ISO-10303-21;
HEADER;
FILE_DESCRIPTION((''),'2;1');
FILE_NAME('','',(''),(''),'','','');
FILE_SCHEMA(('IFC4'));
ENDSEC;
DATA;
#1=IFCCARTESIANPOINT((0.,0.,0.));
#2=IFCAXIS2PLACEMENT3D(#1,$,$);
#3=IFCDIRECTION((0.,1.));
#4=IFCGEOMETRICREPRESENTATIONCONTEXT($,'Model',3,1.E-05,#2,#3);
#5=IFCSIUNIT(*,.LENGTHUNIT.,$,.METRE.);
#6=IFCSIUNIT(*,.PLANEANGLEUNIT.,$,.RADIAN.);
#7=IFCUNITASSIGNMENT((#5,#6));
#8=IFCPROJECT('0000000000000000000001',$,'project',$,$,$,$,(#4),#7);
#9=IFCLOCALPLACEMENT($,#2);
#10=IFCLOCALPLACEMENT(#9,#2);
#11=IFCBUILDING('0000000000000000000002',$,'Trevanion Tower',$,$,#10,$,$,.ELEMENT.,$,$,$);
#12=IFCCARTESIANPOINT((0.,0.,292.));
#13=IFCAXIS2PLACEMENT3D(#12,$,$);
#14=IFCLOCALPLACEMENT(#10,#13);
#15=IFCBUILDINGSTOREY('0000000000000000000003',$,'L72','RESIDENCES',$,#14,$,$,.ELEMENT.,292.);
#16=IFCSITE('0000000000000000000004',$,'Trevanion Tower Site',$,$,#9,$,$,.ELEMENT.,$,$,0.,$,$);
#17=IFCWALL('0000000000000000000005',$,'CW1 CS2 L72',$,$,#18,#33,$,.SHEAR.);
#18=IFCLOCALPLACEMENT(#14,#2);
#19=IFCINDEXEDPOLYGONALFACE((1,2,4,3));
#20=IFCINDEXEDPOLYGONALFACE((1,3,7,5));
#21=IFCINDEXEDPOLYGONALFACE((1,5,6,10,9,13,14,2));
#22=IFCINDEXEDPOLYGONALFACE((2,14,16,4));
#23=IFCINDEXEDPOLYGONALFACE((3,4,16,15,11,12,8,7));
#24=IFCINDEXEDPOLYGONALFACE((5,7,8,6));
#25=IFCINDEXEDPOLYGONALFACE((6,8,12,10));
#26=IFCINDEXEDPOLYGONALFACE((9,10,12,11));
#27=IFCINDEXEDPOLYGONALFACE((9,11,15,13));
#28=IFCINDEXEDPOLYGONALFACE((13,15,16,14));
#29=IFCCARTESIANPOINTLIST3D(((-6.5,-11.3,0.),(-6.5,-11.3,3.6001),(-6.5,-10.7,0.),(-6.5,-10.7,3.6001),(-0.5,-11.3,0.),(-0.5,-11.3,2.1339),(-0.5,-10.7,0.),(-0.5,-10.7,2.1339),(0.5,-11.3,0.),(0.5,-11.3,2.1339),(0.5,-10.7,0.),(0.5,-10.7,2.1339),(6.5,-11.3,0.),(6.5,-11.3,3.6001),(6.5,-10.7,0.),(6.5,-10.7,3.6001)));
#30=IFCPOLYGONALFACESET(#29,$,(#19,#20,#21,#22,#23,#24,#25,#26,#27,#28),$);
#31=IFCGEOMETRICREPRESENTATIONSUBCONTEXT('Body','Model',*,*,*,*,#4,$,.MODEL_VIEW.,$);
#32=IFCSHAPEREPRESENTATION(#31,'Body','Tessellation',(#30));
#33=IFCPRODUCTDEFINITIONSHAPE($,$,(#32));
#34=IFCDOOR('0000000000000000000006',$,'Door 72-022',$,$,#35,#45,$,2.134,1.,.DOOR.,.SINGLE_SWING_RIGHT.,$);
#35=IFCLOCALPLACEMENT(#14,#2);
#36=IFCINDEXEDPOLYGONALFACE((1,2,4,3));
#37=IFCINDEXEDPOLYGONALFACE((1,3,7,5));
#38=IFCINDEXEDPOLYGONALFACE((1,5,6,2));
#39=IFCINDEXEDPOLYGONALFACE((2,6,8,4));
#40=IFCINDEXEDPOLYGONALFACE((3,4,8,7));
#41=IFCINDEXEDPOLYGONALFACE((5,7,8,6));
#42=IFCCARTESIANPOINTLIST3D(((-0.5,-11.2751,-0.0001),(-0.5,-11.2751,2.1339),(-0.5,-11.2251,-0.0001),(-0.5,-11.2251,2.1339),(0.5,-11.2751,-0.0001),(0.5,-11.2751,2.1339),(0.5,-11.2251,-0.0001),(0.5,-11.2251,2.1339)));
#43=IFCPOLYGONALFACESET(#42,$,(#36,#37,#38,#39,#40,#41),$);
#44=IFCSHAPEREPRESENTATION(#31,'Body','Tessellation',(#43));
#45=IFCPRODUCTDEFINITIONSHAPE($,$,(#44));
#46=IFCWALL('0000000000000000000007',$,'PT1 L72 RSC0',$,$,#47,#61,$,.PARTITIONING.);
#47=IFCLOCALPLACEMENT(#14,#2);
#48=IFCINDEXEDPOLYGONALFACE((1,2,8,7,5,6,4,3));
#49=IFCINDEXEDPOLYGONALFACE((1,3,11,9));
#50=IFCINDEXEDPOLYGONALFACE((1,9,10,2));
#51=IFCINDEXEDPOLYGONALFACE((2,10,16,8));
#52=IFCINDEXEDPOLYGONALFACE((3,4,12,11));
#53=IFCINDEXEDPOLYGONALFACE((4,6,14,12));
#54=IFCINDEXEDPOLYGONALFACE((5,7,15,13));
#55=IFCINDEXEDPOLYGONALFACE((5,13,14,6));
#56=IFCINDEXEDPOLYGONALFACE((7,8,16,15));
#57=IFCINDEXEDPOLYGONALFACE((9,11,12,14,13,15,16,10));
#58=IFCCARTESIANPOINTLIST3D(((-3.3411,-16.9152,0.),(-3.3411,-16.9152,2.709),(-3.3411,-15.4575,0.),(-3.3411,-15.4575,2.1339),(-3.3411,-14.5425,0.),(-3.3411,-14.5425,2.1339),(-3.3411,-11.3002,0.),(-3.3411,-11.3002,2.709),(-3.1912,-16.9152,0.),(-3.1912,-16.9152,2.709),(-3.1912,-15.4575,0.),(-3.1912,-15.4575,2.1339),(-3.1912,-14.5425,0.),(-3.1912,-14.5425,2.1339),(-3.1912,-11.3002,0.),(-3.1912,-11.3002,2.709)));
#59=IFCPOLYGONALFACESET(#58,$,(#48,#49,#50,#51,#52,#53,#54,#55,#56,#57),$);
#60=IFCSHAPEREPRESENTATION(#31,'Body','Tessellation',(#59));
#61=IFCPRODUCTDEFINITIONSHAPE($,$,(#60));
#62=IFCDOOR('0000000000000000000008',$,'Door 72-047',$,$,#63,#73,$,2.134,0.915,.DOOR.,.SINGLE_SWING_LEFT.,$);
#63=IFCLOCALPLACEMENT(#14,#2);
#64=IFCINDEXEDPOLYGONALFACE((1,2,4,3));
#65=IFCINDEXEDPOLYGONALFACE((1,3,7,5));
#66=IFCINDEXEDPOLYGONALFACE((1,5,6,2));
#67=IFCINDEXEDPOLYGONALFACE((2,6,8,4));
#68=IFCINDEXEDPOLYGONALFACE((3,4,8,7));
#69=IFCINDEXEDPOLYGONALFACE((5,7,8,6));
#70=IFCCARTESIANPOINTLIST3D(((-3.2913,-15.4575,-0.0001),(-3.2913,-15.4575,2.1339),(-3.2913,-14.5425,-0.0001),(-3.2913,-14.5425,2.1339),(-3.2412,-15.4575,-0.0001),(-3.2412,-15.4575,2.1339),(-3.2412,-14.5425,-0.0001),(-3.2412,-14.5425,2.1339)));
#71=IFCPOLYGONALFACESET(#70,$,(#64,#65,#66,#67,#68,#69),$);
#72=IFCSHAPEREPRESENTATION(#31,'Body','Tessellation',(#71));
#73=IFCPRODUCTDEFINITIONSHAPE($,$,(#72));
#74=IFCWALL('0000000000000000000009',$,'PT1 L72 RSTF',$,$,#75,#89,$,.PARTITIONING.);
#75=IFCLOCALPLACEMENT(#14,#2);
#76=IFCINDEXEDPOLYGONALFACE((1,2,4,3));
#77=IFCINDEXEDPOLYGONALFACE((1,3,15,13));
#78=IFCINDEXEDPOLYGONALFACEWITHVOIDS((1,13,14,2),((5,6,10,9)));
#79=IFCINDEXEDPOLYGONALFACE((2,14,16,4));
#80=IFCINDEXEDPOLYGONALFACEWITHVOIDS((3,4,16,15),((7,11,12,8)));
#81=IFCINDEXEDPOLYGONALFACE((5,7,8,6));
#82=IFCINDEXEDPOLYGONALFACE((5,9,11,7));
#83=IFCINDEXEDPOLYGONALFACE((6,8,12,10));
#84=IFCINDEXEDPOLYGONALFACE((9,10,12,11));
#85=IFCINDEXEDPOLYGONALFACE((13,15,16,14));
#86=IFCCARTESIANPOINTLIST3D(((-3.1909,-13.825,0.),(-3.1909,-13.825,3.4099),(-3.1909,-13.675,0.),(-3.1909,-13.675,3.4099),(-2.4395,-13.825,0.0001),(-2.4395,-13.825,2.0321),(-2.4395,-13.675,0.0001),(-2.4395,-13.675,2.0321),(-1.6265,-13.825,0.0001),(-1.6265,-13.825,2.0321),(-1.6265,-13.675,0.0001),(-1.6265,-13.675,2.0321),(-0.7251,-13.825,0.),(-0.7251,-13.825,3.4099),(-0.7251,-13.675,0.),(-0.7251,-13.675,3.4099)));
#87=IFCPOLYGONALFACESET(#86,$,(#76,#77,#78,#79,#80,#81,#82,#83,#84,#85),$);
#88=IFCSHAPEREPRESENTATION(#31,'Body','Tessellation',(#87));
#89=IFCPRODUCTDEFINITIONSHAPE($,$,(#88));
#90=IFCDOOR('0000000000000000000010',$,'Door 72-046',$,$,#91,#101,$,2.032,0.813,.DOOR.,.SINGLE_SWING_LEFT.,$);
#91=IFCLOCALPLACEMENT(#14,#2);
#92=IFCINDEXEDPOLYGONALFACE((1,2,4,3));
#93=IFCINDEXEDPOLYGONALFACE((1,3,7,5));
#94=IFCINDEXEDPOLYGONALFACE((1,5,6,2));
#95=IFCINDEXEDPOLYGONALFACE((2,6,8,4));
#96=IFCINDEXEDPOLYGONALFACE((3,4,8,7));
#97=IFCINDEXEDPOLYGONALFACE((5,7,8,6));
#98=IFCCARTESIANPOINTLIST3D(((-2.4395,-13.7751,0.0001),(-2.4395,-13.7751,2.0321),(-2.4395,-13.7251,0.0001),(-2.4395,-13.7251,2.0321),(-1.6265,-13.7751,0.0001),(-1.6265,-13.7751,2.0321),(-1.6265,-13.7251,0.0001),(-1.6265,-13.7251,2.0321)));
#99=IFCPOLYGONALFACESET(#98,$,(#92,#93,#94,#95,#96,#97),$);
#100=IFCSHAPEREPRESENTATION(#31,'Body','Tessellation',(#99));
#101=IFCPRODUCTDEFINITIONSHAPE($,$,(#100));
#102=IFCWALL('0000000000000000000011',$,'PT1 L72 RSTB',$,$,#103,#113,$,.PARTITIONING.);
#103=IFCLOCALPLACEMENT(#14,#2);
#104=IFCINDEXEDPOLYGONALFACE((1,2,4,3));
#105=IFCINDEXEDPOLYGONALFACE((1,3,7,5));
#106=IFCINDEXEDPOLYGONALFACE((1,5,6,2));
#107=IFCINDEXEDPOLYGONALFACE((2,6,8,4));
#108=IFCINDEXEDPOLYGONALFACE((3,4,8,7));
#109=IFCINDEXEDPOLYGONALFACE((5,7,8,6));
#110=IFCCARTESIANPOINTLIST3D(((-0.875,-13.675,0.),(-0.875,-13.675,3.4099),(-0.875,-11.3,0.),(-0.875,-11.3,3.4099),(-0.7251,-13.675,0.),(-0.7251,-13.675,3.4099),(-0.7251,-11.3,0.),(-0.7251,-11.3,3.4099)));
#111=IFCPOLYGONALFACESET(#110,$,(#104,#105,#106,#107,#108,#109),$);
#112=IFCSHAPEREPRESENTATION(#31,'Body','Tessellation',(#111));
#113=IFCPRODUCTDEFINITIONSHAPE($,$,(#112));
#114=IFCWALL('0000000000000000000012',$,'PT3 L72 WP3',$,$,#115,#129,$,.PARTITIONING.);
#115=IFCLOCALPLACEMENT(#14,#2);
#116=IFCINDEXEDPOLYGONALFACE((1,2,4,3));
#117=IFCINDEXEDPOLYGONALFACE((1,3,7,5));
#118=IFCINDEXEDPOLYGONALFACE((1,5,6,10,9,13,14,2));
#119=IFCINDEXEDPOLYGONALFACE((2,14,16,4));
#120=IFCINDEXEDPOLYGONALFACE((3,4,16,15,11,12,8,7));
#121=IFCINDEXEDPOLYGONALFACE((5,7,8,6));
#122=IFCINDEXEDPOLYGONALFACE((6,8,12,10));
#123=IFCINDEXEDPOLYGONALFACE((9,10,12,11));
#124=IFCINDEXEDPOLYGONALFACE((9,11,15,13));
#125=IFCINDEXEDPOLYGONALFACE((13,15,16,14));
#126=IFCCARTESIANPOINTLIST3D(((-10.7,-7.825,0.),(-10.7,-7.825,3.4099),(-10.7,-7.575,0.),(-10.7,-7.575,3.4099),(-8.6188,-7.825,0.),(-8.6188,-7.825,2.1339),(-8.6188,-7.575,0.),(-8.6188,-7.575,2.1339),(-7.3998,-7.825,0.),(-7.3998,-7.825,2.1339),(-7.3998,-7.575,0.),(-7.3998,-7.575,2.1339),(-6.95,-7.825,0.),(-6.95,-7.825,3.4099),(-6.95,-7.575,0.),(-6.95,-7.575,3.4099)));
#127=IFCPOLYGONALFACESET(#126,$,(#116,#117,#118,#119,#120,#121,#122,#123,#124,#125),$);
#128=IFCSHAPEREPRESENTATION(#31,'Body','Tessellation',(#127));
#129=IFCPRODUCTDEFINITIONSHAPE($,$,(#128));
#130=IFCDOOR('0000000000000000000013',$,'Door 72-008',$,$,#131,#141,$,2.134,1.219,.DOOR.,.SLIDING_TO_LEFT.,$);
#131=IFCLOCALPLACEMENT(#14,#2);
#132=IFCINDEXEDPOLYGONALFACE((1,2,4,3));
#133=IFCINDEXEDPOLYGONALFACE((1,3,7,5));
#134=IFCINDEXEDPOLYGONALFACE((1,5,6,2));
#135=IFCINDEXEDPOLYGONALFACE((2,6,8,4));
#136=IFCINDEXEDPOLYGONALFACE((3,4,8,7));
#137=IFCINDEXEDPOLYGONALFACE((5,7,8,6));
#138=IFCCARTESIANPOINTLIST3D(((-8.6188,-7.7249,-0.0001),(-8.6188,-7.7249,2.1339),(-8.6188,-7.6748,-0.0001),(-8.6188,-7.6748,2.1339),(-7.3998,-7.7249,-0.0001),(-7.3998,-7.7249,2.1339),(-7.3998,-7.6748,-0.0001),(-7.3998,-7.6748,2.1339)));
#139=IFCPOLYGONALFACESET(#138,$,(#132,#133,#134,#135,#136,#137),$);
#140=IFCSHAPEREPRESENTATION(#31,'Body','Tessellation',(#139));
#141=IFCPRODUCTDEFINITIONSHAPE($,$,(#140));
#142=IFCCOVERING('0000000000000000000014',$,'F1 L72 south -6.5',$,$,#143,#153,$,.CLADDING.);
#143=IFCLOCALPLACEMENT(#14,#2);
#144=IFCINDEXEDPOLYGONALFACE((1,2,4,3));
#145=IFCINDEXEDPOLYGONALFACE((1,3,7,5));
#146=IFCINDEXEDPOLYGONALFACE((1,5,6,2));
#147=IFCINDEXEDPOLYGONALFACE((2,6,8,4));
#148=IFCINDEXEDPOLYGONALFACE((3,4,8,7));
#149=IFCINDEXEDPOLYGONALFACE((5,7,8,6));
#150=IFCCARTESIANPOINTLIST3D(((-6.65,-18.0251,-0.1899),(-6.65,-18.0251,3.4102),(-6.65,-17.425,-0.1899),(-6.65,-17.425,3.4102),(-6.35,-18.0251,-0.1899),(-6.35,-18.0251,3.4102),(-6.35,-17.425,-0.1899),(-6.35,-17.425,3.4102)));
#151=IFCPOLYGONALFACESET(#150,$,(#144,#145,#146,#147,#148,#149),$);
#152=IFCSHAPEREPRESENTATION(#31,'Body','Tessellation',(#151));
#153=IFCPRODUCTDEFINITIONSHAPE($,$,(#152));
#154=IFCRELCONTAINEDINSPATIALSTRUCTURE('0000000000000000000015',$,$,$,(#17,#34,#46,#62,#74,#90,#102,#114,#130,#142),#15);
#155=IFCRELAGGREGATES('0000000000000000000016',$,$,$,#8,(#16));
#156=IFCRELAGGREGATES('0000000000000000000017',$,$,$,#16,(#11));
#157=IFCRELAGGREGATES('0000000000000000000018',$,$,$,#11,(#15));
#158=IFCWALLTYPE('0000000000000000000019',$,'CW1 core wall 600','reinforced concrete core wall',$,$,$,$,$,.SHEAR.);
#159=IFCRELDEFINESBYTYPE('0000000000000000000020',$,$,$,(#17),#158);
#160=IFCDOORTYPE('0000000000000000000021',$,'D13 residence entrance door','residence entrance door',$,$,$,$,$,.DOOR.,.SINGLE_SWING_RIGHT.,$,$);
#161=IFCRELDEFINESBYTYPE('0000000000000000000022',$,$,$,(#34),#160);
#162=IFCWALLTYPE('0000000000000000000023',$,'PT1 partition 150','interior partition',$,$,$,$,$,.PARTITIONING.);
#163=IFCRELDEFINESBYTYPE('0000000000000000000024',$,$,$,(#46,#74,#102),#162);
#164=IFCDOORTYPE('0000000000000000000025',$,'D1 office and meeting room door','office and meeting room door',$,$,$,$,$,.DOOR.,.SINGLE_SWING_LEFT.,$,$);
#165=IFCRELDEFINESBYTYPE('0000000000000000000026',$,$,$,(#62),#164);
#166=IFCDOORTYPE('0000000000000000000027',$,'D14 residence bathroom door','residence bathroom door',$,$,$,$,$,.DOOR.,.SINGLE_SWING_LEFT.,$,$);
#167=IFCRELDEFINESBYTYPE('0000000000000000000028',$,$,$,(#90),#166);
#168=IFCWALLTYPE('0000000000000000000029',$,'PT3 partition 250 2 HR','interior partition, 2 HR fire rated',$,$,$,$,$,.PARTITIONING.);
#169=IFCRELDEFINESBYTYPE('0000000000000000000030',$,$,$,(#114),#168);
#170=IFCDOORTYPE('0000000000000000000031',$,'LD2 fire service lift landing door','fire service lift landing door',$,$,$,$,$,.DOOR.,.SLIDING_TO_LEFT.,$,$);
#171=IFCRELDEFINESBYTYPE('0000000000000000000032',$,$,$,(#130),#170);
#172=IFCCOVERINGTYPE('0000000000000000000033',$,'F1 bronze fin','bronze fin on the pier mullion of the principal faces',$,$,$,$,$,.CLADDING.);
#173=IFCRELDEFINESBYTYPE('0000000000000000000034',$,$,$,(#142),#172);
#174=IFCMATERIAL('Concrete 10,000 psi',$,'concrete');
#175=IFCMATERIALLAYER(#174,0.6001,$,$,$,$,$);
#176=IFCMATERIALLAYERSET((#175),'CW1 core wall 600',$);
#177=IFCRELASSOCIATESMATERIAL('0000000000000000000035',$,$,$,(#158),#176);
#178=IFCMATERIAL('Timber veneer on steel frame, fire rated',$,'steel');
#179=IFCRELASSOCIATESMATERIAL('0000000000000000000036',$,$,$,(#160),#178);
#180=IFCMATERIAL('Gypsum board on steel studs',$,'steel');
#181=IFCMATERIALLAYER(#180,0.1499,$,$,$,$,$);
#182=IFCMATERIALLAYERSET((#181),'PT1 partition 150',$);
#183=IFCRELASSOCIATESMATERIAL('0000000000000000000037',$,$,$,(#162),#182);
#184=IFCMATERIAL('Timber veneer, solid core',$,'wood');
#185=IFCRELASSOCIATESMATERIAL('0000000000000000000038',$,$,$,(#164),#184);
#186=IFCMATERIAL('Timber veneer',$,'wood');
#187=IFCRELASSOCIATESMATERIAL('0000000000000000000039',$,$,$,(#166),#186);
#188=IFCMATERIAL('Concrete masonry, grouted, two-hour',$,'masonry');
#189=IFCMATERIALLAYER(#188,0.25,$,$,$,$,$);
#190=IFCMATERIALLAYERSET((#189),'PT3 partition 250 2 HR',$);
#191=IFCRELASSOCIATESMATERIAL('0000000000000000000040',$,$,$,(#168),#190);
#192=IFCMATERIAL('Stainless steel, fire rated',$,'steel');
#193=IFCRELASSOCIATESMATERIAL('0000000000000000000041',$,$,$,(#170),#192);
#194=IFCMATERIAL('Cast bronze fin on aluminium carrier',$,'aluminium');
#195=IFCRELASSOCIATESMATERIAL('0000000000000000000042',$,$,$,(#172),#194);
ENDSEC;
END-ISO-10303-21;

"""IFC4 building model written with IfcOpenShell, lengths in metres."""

from ifc_helpers import new_model, si_unit, direction, frame, frame_2d, origin, origin_2d, place, context, subcontext, project, spatial, rectangle, extrude, material, layer, layer_set, type_object, element, fill, save


model = new_model("IFC4")

# Units and contexts
model_context = context("Model", 3, precision=1e-05, world=origin(), true_north=direction((0.0, 1.0)))
body_context = subcontext(model_context, "Body", "Model", "MODEL_VIEW")
ifc_project = project(units=[si_unit("LENGTHUNIT", "METRE"), si_unit("PLANEANGLEUNIT", "RADIAN")], contexts=[model_context])

# Site, building, storey
site_placement = place(None, origin())
site = spatial("IfcSite", under=ifc_project, at=site_placement, Name="Trevanion Tower Site", CompositionType="ELEMENT", RefElevation=0.0)
building_placement = place(site_placement, origin())
building = spatial("IfcBuilding", under=site, at=building_placement, Name="Trevanion Tower", CompositionType="ELEMENT")
storey_placement = place(building_placement, frame((0.0, 0.0, 292.0)))
storey = spatial("IfcBuildingStorey", under=building, at=storey_placement, Name="L72", Description="RESIDENCES", CompositionType="ELEMENT", Elevation=292.0)

# Walls, openings, doors
ifc_material_1 = material(Name="Concrete 10,000 psi", Category="concrete")
ifc_layer_1 = layer(ifc_material_1, 0.6001)
ifc_layer_set_1 = layer_set([ifc_layer_1], Name="CW1 core wall 600")
wall_type_1 = type_object("IfcWallType", Name="CW1 core wall 600", Description="reinforced concrete core wall", PredefinedType="SHEAR", material=ifc_layer_set_1)
wall_1_placement = place(storey_placement, frame((-6.5, -11.0, 0.0), z_axis=(0.0, 0.0, 1.0), x_axis=(1.0, 0.0, 0.0)))
wall_1 = element("IfcWall", 1, at=wall_1_placement, inside=storey, type_object=wall_type_1, Name="CW1 CS2 L72", PredefinedType="SHEAR", context=body_context, shape_type="SweptSolid", body=[
    extrude(rectangle(XDim=13.0, YDim=0.6001, at=frame_2d((6.5, 0.0))), origin(), (0.0, 0.0, 1.0), 3.6001),
])
opening_1_placement = place(wall_1_placement, frame((6.0, 0.0, 0.0)))
opening_1 = element("IfcOpeningElement", 2, at=opening_1_placement, cuts=wall_1, PredefinedType="OPENING", context=body_context, shape_type="SweptSolid", body=[
    extrude(rectangle(XDim=1.0, YDim=2.134, at=frame_2d((0.5, 1.0669))), frame((0.0, 0.3101, 0.0), z_axis=(0.0, -1.0, 0.0), x_axis=(1.0, 0.0, 0.0)), (0.0, 0.0, 1.0), 0.6201),
])
ifc_material_2 = material(Name="Timber veneer on steel frame, fire rated", Category="steel")
door_type_1 = type_object("IfcDoorType", Name="D13 residence entrance door", Description="residence entrance door", OperationType="SINGLE_SWING_RIGHT", PredefinedType="DOOR", material=ifc_material_2)
door_1_placement = place(opening_1_placement, origin())
door_1 = element("IfcDoor", 3, at=door_1_placement, inside=storey, type_object=door_type_1, Name="Door 72-022", OperationType="SINGLE_SWING_RIGHT", OverallHeight=2.134, OverallWidth=1.0, PredefinedType="DOOR", context=body_context, shape_type="SweptSolid", body=[
    extrude(rectangle(XDim=1.0, YDim=2.134, at=frame_2d((0.5, 1.0669))), frame((0.0, -0.2251, 0.0), z_axis=(0.0, -1.0, 0.0), x_axis=(1.0, 0.0, 0.0)), (0.0, 0.0, 1.0), 0.05),
])
fill(opening_1, door_1)
ifc_material_3 = material(Name="Gypsum board on steel studs", Category="steel")
ifc_layer_2 = layer(ifc_material_3, 0.1499)
ifc_layer_set_2 = layer_set([ifc_layer_2], Name="PT1 partition 150")
wall_type_2 = type_object("IfcWallType", Name="PT1 partition 150", Description="interior partition", PredefinedType="PARTITIONING", material=ifc_layer_set_2)
wall_2_placement = place(storey_placement, frame((-3.2661, -11.3, 0.0), z_axis=(0.0, 0.0, 1.0), x_axis=(0.0, -1.0, 0.0)))
wall_2 = element("IfcWall", 4, at=wall_2_placement, inside=storey, type_object=wall_type_2, Name="PT1 L72 RSC0", PredefinedType="PARTITIONING", context=body_context, shape_type="SweptSolid", body=[
    extrude(rectangle(XDim=5.615, YDim=0.1499, at=frame_2d((2.8076, 0.0))), origin(), (0.0, 0.0, 1.0), 2.709),
])
opening_2_placement = place(wall_2_placement, frame((3.2424, 0.0, 0.0)))
opening_2 = element("IfcOpeningElement", 5, at=opening_2_placement, cuts=wall_2, PredefinedType="OPENING", context=body_context, shape_type="SweptSolid", body=[
    extrude(rectangle(XDim=0.915, YDim=2.134, at=frame_2d((0.4575, 1.0669))), frame((0.0, 0.085, 0.0), z_axis=(0.0, -1.0, 0.0), x_axis=(1.0, 0.0, 0.0)), (0.0, 0.0, 1.0), 0.1699),
])
ifc_material_4 = material(Name="Timber veneer, solid core", Category="wood")
door_type_2 = type_object("IfcDoorType", Name="D1 office and meeting room door", Description="office and meeting room door", OperationType="SINGLE_SWING_LEFT", PredefinedType="DOOR", material=ifc_material_4)
door_2_placement = place(opening_2_placement, origin())
door_2 = element("IfcDoor", 6, at=door_2_placement, inside=storey, type_object=door_type_2, Name="Door 72-047", OperationType="SINGLE_SWING_LEFT", OverallHeight=2.134, OverallWidth=0.915, PredefinedType="DOOR", context=body_context, shape_type="SweptSolid", body=[
    extrude(rectangle(XDim=0.915, YDim=2.134, at=frame_2d((0.4575, 1.0669))), frame((0.0, 0.0249, 0.0), z_axis=(0.0, -1.0, 0.0), x_axis=(1.0, 0.0, 0.0)), (0.0, 0.0, 1.0), 0.05),
])
fill(opening_2, door_2)
wall_3_placement = place(storey_placement, frame((-3.1909, -13.75, 0.0), z_axis=(0.0, 0.0, 1.0), x_axis=(1.0, 0.0, 0.0)))
wall_3 = element("IfcWall", 7, at=wall_3_placement, inside=storey, type_object=wall_type_2, Name="PT1 L72 RSTF", PredefinedType="PARTITIONING", context=body_context, shape_type="SweptSolid", body=[
    extrude(rectangle(XDim=2.4658, YDim=0.1499, at=frame_2d((1.2329, 0.0))), origin(), (0.0, 0.0, 1.0), 3.4099),
])
opening_3_placement = place(wall_3_placement, frame((0.7515, 0.0, 0.0)))
opening_3 = element("IfcOpeningElement", 8, at=opening_3_placement, cuts=wall_3, PredefinedType="OPENING", context=body_context, shape_type="SweptSolid", body=[
    extrude(rectangle(XDim=0.813, YDim=2.032, at=frame_2d((0.4065, 1.0161))), frame((0.0, 0.085, 0.0), z_axis=(0.0, -1.0, 0.0), x_axis=(1.0, 0.0, 0.0)), (0.0, 0.0, 1.0), 0.1699),
])
ifc_material_5 = material(Name="Timber veneer", Category="wood")
door_type_3 = type_object("IfcDoorType", Name="D14 residence bathroom door", Description="residence bathroom door", OperationType="SINGLE_SWING_LEFT", PredefinedType="DOOR", material=ifc_material_5)
door_3_placement = place(opening_3_placement, origin())
door_3 = element("IfcDoor", 9, at=door_3_placement, inside=storey, type_object=door_type_3, Name="Door 72-046", OperationType="SINGLE_SWING_LEFT", OverallHeight=2.032, OverallWidth=0.813, PredefinedType="DOOR", context=body_context, shape_type="SweptSolid", body=[
    extrude(rectangle(XDim=0.813, YDim=2.032, at=frame_2d((0.4065, 1.0161))), frame((0.0, 0.0249, 0.0), z_axis=(0.0, -1.0, 0.0), x_axis=(1.0, 0.0, 0.0)), (0.0, 0.0, 1.0), 0.05),
])
fill(opening_3, door_3)

# Wall
wall_4_placement = place(storey_placement, frame((-0.8, -11.3, 0.0), z_axis=(0.0, 0.0, 1.0), x_axis=(0.0, -1.0, 0.0)))
element("IfcWall", 10, at=wall_4_placement, inside=storey, type_object=wall_type_2, Name="PT1 L72 RSTB", PredefinedType="PARTITIONING", context=body_context, shape_type="SweptSolid", body=[
    extrude(rectangle(XDim=2.375, YDim=0.1499, at=frame_2d((1.1875, 0.0))), origin(), (0.0, 0.0, 1.0), 3.4099),
])

# Wall, opening, door
ifc_material_6 = material(Name="Concrete masonry, grouted, two-hour", Category="masonry")
ifc_layer_3 = layer(ifc_material_6, 0.25)
ifc_layer_set_3 = layer_set([ifc_layer_3], Name="PT3 partition 250 2 HR")
wall_type_3 = type_object("IfcWallType", Name="PT3 partition 250 2 HR", Description="interior partition, 2 HR fire rated", PredefinedType="PARTITIONING", material=ifc_layer_set_3)
wall_5_placement = place(storey_placement, frame((-6.95, -7.7, 0.0), z_axis=(0.0, 0.0, 1.0), x_axis=(-1.0, 0.0, 0.0)))
wall_5 = element("IfcWall", 11, at=wall_5_placement, inside=storey, type_object=wall_type_3, Name="PT3 L72 WP3", PredefinedType="PARTITIONING", context=body_context, shape_type="SweptSolid", body=[
    extrude(rectangle(XDim=3.75, YDim=0.25, at=frame_2d((1.875, 0.0))), origin(), (0.0, 0.0, 1.0), 3.4099),
])
opening_4_placement = place(wall_5_placement, frame((0.45, 0.0, 0.0)))
opening_4 = element("IfcOpeningElement", 12, at=opening_4_placement, cuts=wall_5, PredefinedType="OPENING", context=body_context, shape_type="SweptSolid", body=[
    extrude(rectangle(XDim=1.219, YDim=2.134, at=frame_2d((0.6094, 1.0669))), frame((0.0, 0.135, 0.0), z_axis=(0.0, -1.0, 0.0), x_axis=(1.0, 0.0, 0.0)), (0.0, 0.0, 1.0), 0.27),
])
ifc_material_7 = material(Name="Stainless steel, fire rated", Category="steel")
door_type_4 = type_object("IfcDoorType", Name="LD2 fire service lift landing door", Description="fire service lift landing door", OperationType="SLIDING_TO_LEFT", PredefinedType="DOOR", material=ifc_material_7)
door_4_placement = place(opening_4_placement, origin())
door_4 = element("IfcDoor", 13, at=door_4_placement, inside=storey, type_object=door_type_4, Name="Door 72-008", OperationType="SLIDING_TO_LEFT", OverallHeight=2.134, OverallWidth=1.219, PredefinedType="DOOR", context=body_context, shape_type="SweptSolid", body=[
    extrude(rectangle(XDim=1.219, YDim=2.134, at=frame_2d((0.6094, 1.0669))), frame((0.0, 0.0249, 0.0), z_axis=(0.0, -1.0, 0.0), x_axis=(1.0, 0.0, 0.0)), (0.0, 0.0, 1.0), 0.05),
])
fill(opening_4, door_4)

# Covering
ifc_material_8 = material(Name="Cast bronze fin on aluminium carrier", Category="aluminium")
covering_type = type_object("IfcCoveringType", Name="F1 bronze fin", Description="bronze fin on the pier mullion of the principal faces", PredefinedType="CLADDING", material=ifc_material_8)
covering_placement = place(storey_placement, frame((-6.5, -17.7251, -0.1899), z_axis=(0.0, 0.0, 1.0), x_axis=(1.0, 0.0, 0.0)))
element("IfcCovering", 14, at=covering_placement, inside=storey, type_object=covering_type, Name="F1 L72 south -6.5", PredefinedType="CLADDING", context=body_context, shape_type="SweptSolid", body=[
    extrude(rectangle(XDim=0.3, YDim=0.6001, at=origin_2d()), origin(), (0.0, 0.0, 1.0), 3.6001),
])

save(model, "model.ifc")
